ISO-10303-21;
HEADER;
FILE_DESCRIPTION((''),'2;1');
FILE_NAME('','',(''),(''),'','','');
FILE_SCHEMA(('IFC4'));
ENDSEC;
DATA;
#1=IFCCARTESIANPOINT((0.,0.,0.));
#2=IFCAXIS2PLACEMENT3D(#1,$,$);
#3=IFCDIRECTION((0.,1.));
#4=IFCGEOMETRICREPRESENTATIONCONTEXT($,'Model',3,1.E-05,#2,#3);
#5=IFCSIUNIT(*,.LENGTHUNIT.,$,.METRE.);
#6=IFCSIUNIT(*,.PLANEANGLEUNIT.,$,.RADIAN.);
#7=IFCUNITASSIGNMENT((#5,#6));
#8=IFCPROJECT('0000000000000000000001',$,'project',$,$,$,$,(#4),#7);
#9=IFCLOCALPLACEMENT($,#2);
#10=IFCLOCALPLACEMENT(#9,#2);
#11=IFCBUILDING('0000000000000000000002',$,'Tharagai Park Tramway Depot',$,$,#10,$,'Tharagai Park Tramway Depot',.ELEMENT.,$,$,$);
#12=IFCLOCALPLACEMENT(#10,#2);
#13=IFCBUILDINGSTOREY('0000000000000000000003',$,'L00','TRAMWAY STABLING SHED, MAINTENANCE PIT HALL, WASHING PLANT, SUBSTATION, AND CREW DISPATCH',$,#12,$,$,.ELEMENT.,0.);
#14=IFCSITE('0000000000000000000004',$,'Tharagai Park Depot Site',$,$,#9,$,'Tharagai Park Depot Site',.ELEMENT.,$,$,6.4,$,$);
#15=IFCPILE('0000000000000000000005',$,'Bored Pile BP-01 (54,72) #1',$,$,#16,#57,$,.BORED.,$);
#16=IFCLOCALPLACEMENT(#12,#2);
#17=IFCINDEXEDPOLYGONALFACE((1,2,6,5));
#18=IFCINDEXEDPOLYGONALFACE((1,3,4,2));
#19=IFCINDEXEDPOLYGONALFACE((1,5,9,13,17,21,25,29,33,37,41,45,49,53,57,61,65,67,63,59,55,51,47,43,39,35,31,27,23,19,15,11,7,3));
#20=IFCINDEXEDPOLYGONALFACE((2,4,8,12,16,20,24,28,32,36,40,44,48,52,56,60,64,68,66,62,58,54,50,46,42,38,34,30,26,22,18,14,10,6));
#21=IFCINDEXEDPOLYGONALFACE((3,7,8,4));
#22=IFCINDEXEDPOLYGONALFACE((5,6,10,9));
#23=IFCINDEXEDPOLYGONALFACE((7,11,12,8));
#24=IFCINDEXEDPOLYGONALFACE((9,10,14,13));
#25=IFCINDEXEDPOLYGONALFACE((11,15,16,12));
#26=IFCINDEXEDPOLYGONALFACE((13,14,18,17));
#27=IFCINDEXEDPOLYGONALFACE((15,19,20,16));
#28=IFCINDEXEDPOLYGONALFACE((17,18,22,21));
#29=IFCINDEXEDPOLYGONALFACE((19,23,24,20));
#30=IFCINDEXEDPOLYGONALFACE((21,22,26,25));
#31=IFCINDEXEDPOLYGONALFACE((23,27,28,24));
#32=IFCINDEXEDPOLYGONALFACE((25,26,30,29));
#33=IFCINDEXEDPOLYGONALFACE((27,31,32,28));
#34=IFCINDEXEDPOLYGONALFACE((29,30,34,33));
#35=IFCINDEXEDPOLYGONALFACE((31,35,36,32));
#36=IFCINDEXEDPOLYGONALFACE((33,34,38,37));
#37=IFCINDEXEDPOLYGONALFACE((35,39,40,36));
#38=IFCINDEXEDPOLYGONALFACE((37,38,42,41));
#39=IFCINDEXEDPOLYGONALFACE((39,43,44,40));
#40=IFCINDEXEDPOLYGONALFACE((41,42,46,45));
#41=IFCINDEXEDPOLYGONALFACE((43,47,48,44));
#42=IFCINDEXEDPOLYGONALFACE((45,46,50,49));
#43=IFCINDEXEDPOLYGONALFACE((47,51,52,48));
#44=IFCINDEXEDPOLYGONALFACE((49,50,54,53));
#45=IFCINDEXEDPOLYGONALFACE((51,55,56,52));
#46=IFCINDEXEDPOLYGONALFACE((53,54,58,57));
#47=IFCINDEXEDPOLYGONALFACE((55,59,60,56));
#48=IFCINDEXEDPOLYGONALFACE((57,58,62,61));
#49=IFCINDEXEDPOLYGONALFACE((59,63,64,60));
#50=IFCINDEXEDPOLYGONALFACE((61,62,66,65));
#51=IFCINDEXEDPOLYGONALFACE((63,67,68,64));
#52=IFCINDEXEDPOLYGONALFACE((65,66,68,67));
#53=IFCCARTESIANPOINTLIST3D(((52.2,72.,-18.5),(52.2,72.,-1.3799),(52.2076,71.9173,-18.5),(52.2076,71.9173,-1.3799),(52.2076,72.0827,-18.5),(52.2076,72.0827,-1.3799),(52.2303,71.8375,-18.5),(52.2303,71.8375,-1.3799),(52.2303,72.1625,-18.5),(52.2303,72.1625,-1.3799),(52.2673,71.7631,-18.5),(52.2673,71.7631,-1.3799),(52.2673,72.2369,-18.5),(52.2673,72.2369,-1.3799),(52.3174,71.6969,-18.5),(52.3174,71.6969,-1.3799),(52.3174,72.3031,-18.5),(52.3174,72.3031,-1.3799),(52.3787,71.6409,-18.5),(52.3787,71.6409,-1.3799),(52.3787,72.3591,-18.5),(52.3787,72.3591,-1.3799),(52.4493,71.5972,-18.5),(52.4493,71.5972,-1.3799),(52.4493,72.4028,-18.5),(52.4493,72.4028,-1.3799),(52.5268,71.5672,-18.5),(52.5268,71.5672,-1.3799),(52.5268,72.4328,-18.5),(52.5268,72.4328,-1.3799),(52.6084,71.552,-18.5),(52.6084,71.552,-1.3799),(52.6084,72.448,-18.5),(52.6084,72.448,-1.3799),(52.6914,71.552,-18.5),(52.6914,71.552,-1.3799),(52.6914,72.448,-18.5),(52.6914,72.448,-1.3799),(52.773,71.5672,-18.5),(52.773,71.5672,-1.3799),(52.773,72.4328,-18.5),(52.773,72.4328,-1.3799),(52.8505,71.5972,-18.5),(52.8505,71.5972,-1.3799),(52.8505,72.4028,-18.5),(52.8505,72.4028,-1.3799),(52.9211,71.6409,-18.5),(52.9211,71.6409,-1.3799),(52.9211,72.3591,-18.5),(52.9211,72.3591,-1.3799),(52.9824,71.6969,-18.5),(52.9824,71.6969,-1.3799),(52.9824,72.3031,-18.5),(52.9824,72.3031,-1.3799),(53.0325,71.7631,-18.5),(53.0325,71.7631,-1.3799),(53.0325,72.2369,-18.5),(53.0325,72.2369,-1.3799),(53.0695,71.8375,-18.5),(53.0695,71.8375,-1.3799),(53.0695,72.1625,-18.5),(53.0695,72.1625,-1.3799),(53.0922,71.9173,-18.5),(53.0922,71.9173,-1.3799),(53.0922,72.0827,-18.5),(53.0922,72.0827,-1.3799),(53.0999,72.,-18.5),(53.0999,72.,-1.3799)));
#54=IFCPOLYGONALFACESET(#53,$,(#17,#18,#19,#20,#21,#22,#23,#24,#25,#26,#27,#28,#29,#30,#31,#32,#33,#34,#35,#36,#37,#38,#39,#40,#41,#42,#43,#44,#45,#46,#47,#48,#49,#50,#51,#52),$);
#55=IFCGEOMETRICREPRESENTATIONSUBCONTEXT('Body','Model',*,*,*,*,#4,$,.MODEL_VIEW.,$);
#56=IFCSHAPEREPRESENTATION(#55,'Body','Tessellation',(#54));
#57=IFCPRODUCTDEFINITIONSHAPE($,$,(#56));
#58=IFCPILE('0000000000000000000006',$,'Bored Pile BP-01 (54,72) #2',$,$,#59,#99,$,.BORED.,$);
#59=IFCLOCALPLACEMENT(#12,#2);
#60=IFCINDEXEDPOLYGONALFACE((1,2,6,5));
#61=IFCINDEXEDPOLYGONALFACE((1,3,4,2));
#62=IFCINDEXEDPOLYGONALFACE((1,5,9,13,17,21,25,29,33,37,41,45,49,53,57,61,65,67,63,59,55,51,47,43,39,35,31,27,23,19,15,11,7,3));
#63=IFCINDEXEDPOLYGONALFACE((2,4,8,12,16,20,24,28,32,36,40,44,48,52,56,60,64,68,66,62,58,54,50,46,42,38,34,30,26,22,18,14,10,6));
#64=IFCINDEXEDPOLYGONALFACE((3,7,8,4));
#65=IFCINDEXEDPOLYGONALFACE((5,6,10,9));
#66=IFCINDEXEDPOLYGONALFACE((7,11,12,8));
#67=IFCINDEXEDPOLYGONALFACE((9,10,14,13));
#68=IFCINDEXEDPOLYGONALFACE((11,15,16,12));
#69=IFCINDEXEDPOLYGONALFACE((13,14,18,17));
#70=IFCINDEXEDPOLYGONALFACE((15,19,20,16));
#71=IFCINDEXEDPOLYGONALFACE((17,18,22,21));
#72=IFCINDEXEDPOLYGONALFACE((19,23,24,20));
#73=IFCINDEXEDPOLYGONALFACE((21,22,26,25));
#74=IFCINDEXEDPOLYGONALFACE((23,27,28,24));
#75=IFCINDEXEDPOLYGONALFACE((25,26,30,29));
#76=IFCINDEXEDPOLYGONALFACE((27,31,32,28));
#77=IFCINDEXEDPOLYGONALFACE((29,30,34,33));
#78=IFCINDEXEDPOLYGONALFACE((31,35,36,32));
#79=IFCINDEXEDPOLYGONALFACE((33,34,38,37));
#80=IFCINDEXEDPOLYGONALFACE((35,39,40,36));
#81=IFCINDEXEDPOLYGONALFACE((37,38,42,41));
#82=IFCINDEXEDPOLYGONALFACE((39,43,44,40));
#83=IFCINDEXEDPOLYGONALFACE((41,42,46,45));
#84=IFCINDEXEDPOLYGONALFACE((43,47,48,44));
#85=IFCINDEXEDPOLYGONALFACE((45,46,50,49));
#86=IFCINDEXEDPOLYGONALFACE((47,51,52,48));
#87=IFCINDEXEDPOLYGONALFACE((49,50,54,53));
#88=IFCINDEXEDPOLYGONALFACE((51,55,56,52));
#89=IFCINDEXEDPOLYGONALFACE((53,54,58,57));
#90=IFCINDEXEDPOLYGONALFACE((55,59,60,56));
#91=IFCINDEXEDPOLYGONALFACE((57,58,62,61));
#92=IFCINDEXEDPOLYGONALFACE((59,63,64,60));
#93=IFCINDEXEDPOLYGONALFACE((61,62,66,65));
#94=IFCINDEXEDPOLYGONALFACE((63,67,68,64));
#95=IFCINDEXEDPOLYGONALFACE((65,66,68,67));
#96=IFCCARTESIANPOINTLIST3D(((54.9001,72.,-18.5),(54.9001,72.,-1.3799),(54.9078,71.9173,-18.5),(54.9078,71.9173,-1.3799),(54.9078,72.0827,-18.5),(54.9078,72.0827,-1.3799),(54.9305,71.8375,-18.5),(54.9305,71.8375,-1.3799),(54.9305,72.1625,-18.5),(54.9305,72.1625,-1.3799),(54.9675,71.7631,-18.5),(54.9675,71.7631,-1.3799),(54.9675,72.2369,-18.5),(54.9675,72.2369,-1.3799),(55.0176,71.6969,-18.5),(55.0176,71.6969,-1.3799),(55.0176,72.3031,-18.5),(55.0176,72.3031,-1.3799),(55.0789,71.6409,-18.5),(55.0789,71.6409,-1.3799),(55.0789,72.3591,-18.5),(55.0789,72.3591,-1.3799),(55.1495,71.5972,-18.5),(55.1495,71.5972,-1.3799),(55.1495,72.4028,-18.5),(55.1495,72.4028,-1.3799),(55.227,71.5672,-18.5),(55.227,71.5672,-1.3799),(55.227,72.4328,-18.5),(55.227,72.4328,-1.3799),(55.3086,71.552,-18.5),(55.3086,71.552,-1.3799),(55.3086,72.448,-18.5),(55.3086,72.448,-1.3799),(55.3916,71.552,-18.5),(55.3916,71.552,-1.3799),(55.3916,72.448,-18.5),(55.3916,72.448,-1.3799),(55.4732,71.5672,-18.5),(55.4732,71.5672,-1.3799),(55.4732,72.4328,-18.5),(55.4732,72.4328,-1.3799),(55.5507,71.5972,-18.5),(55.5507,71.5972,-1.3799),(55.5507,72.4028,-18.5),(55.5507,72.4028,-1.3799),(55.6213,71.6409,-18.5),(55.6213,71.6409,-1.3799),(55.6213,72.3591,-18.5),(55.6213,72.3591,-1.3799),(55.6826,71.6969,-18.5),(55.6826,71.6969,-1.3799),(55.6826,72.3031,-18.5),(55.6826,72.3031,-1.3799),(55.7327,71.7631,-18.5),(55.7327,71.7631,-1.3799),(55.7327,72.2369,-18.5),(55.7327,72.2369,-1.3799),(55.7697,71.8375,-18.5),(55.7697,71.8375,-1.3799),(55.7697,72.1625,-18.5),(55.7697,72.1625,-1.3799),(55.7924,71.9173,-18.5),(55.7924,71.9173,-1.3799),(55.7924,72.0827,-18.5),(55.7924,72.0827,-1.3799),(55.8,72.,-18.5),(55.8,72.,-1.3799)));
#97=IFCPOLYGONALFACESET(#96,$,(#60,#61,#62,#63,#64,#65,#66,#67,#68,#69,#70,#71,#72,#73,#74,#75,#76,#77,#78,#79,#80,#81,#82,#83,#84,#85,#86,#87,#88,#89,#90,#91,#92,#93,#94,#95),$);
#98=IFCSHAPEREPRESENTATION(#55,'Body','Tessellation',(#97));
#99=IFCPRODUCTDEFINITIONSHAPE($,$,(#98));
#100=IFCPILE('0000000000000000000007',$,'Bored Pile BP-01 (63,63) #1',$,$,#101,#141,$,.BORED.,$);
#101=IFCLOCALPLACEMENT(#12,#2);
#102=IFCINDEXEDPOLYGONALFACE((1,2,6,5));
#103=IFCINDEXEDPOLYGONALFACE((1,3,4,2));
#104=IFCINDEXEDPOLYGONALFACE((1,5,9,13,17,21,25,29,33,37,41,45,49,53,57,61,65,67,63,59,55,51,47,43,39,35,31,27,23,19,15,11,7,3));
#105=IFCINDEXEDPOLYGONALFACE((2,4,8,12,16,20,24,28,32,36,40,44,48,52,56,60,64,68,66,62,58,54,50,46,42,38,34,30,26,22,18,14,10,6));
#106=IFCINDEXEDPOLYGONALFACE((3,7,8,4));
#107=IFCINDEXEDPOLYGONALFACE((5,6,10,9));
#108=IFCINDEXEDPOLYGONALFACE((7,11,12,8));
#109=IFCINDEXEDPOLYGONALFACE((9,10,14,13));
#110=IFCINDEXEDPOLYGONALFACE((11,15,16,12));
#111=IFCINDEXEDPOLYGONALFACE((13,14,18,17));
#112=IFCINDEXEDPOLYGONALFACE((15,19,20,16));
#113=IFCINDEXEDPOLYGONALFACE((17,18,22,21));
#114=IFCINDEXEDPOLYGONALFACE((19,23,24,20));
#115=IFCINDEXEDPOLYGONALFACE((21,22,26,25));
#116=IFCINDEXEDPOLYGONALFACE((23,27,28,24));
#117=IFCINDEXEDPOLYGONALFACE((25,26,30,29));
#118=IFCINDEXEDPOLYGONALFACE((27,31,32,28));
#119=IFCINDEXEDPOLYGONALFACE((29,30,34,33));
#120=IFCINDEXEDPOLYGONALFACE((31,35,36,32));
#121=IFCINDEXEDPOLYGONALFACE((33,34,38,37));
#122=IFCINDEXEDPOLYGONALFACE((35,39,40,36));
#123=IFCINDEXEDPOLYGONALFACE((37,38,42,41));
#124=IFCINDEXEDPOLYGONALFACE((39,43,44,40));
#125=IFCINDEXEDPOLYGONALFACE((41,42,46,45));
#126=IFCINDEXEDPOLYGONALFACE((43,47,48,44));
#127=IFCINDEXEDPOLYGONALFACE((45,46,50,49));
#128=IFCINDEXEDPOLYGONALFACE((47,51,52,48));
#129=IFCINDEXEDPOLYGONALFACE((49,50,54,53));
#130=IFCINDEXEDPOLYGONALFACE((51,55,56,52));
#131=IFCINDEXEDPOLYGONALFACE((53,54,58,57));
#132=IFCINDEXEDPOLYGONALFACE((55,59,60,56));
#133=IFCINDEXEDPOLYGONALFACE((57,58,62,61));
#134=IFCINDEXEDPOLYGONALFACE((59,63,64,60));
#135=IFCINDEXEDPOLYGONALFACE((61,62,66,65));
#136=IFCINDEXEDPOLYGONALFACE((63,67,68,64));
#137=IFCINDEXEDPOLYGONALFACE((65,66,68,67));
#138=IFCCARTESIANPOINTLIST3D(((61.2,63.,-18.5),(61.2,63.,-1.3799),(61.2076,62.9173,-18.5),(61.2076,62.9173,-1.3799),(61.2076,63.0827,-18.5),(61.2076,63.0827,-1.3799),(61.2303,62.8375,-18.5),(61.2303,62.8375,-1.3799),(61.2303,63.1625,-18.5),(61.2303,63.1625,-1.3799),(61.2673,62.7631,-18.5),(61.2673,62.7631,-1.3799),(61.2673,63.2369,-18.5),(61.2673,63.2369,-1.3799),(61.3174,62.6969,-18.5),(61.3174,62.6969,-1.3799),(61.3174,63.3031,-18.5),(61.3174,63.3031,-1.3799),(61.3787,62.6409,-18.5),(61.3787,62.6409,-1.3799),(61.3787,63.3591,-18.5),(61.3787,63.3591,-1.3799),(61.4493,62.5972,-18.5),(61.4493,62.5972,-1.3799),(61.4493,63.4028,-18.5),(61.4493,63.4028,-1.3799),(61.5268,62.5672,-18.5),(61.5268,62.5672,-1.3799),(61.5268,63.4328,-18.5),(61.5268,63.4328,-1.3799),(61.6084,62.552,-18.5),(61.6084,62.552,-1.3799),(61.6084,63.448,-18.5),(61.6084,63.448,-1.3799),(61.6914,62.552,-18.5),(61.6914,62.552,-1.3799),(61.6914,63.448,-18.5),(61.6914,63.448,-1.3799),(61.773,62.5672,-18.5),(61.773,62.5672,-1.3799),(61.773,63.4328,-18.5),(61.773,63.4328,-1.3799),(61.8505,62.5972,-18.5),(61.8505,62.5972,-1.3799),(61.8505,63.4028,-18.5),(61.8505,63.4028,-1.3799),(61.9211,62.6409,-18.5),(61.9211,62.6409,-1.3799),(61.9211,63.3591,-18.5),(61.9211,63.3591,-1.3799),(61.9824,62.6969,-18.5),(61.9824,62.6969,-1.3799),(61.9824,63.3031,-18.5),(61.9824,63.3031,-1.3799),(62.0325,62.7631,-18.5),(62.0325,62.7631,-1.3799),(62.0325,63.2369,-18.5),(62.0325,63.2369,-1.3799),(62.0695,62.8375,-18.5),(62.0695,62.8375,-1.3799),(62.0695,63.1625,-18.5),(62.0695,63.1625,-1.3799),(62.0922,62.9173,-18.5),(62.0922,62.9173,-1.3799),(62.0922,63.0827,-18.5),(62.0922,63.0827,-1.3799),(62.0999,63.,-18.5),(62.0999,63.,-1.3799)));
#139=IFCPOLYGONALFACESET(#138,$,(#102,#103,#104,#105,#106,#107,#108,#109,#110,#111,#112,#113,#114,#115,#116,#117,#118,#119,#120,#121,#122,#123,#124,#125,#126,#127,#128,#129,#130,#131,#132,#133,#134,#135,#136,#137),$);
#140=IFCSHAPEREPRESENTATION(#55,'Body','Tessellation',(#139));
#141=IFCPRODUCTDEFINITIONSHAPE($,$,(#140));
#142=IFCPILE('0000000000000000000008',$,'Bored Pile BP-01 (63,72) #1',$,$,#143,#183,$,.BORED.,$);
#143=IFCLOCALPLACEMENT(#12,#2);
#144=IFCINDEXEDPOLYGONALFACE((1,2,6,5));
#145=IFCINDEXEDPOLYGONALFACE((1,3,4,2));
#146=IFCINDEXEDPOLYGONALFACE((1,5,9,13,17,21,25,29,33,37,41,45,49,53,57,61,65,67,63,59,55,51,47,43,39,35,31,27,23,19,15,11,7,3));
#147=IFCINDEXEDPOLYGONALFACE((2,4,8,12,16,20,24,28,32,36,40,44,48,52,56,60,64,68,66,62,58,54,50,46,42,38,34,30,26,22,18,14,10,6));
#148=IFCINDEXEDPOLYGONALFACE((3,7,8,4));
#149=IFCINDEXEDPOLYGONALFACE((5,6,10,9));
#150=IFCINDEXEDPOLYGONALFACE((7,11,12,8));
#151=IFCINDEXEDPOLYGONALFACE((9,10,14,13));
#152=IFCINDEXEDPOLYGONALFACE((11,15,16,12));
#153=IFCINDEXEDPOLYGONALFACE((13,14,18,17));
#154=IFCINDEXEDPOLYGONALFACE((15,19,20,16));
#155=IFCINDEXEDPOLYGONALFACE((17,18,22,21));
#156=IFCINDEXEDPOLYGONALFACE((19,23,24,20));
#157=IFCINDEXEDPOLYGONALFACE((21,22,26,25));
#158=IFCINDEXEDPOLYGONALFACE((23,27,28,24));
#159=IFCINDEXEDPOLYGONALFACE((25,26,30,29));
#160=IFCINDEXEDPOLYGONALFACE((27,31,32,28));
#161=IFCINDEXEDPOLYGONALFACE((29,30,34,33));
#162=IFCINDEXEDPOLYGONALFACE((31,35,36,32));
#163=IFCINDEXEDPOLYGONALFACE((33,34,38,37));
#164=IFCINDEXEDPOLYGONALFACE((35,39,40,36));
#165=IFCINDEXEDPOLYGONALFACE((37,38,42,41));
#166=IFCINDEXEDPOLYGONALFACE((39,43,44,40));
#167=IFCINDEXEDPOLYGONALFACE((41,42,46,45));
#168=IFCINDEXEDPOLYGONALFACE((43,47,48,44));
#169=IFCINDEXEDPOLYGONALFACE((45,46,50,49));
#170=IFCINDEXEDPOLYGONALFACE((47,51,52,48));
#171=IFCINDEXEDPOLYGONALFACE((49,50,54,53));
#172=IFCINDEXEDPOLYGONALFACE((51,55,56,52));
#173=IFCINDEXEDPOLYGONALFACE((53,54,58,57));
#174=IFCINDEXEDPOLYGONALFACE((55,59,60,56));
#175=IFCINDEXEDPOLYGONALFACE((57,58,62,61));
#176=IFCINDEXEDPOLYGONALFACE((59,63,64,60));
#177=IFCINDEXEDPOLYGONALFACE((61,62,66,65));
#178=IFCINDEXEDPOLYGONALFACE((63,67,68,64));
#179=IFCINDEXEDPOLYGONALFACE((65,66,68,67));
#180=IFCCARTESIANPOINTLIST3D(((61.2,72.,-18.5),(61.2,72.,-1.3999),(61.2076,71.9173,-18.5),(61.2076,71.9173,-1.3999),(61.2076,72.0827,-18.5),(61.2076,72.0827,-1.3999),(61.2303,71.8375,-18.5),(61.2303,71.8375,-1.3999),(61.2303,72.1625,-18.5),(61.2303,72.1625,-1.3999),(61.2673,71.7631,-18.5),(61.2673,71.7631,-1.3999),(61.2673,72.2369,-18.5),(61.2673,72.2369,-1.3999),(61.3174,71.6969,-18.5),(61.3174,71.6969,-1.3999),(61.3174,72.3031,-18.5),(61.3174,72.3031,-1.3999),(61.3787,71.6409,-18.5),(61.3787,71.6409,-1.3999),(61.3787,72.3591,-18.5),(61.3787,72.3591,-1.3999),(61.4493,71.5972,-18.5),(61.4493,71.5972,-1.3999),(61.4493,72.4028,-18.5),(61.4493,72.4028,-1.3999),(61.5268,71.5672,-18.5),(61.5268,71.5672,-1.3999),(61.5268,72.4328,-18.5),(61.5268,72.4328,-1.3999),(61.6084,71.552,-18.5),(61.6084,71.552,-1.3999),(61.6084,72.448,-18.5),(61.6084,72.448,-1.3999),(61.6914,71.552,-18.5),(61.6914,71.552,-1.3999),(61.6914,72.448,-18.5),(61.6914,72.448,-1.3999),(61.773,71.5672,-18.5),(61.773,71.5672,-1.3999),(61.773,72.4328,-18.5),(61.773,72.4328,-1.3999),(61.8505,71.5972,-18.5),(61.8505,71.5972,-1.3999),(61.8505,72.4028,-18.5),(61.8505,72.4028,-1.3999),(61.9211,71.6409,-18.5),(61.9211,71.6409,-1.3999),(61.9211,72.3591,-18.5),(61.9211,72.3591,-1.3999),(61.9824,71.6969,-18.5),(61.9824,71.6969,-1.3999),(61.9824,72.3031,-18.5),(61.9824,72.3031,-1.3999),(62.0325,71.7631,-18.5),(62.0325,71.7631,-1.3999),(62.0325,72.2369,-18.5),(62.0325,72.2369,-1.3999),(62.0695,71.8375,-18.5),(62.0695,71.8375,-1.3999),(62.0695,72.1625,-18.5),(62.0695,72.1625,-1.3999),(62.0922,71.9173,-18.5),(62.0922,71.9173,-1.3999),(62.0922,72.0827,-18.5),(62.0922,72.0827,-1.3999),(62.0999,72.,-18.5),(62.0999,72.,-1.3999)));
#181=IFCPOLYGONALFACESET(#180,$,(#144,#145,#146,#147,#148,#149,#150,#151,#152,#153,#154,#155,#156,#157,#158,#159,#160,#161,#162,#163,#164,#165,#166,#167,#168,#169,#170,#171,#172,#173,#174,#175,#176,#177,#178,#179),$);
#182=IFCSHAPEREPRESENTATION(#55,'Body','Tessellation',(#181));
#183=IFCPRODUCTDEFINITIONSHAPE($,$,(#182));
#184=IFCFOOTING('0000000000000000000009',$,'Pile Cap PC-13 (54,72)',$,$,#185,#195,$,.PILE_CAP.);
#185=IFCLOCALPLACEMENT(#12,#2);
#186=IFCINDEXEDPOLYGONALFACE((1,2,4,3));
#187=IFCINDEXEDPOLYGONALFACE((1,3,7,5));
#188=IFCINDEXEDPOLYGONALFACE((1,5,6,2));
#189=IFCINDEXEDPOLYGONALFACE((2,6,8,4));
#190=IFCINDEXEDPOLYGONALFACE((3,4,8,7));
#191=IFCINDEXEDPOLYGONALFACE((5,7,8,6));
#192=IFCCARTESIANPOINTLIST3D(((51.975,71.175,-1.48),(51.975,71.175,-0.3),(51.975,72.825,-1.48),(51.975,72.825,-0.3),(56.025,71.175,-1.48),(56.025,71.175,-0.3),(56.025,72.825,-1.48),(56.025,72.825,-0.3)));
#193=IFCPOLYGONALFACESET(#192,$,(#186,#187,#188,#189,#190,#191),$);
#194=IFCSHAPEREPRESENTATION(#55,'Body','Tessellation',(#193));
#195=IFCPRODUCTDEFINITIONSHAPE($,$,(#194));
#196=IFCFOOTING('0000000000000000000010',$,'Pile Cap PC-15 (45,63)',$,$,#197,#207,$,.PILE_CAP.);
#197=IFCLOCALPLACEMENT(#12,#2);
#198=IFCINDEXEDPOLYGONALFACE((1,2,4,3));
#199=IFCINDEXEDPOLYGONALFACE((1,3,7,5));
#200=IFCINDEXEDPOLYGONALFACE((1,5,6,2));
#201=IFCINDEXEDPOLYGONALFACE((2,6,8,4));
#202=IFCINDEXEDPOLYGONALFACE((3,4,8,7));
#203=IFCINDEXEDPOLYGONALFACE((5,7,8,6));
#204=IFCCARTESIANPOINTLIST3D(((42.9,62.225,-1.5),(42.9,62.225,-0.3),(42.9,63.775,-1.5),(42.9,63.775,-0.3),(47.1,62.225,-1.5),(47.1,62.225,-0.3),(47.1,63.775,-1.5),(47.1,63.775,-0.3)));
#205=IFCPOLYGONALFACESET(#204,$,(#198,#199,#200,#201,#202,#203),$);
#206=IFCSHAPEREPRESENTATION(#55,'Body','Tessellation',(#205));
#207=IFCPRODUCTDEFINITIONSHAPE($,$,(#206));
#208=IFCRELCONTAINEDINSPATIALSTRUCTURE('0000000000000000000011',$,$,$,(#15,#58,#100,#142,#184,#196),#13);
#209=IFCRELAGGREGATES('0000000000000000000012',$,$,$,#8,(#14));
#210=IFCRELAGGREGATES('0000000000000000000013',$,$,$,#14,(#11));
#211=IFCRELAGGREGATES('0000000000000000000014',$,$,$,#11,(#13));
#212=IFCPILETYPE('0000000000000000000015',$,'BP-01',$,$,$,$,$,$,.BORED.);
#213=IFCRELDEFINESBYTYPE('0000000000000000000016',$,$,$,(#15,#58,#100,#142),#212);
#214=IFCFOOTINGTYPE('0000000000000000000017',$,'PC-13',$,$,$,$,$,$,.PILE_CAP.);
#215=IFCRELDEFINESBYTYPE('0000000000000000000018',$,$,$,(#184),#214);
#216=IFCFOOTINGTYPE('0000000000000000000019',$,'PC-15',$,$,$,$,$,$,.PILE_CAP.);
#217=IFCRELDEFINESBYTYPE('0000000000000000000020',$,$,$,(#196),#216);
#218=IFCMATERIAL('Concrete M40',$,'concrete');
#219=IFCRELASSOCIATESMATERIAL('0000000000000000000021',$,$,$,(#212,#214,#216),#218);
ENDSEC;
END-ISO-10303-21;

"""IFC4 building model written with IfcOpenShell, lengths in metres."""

from ifc_helpers import new_model, si_unit, direction, frame, origin, origin_2d, place, context, subcontext, project, spatial, rectangle, circle, extrude, material, material_profile, profile_set, type_object, element, save


model = new_model("IFC4")

# Units and contexts
model_context = context("Model", 3, precision=1e-05, world=origin(), true_north=direction((0.0, 1.0)))
body_context = subcontext(model_context, "Body", "Model", "MODEL_VIEW")
ifc_project = project(units=[si_unit("LENGTHUNIT", "METRE"), si_unit("PLANEANGLEUNIT", "RADIAN")], contexts=[model_context])

# Site, building, storey
site_placement = place(None, origin())
site = spatial("IfcSite", under=ifc_project, at=site_placement, Name="Tharagai Park Depot Site", LongName="Tharagai Park Depot Site", CompositionType="ELEMENT", RefElevation=6.4)
building_placement = place(site_placement, origin())
building = spatial("IfcBuilding", under=site, at=building_placement, Name="Tharagai Park Tramway Depot", LongName="Tharagai Park Tramway Depot", CompositionType="ELEMENT")
storey_placement = place(building_placement, origin())
storey = spatial("IfcBuildingStorey", under=building, at=storey_placement, Name="L00", Description="TRAMWAY STABLING SHED, MAINTENANCE PIT HALL, WASHING PLANT, SUBSTATION, AND CREW DISPATCH", CompositionType="ELEMENT", Elevation=0.0)

# Piles
ifc_material_1 = material(Name="Concrete M40", Category="concrete")
ifc_material_profile_1 = material_profile(ifc_material_1, circle(Radius=0.45, at=origin_2d()), Name="PILE D900")
ifc_profile_set_1 = profile_set([ifc_material_profile_1], Name="Concrete M40")
pile_type = type_object("IfcPileType", Name="BP-01", PredefinedType="BORED", material=ifc_profile_set_1)
for number, where, z_axis, x_axis, name in (
    (1, (52.6499, 72.0, -1.3799), (0.0, 0.0, -1.0), (1.0, 0.0, 0.0), "Bored Pile BP-01 (54,72) #1"),
    (2, (55.3501, 72.0, -1.3799), (0.0, 0.0, -1.0), (1.0, 0.0, 0.0), "Bored Pile BP-01 (54,72) #2"),
    (3, (61.6499, 63.0, -1.3799), (0.0, 0.0, -1.0), (1.0, 0.0, 0.0), "Bored Pile BP-01 (63,63) #1"),
):
    element("IfcPile", number, at=place(storey_placement, frame(where, z_axis=z_axis, x_axis=x_axis)), inside=storey, type_object=pile_type, Name=name, PredefinedType="BORED", context=body_context, shape_type="SweptSolid", body=[
        extrude(circle(Radius=0.45, at=origin_2d()), origin(), (0.0, 0.0, 1.0), 17.1201),
    ])
pile_placement = place(storey_placement, frame((61.6499, 72.0, -1.3999), z_axis=(0.0, 0.0, -1.0), x_axis=(1.0, 0.0, 0.0)))
element("IfcPile", 4, at=pile_placement, inside=storey, type_object=pile_type, Name="Bored Pile BP-01 (63,72) #1", PredefinedType="BORED", context=body_context, shape_type="SweptSolid", body=[
    extrude(circle(Radius=0.45, at=origin_2d()), origin(), (0.0, 0.0, 1.0), 17.1001),
])

# Footings
footing_type_1 = type_object("IfcFootingType", Name="PC-13", PredefinedType="PILE_CAP", material=ifc_material_1)
footing_placement = place(storey_placement, frame((54.0, 72.0, -1.48), z_axis=(0.0, 0.0, 1.0), x_axis=(1.0, 0.0, 0.0)))
element("IfcFooting", 5, at=footing_placement, inside=storey, type_object=footing_type_1, Name="Pile Cap PC-13 (54,72)", PredefinedType="PILE_CAP", context=body_context, shape_type="SweptSolid", body=[
    extrude(rectangle(XDim=4.05, YDim=1.6499, at=origin_2d()), origin(), (0.0, 0.0, 1.0), 1.1799),
])
footing_type_2 = type_object("IfcFootingType", Name="PC-15", PredefinedType="PILE_CAP", material=ifc_material_1)
for number, where, z_axis, x_axis, name in (
    (6, (45.0, 63.0, -1.5), (0.0, 0.0, 1.0), (1.0, 0.0, 0.0), "Pile Cap PC-15 (45,63)"),
):
    element("IfcFooting", number, at=place(storey_placement, frame(where, z_axis=z_axis, x_axis=x_axis)), inside=storey, type_object=footing_type_2, Name=name, PredefinedType="PILE_CAP", context=body_context, shape_type="SweptSolid", body=[
        extrude(rectangle(XDim=4.2, YDim=1.55, at=origin_2d()), origin(), (0.0, 0.0, 1.0), 1.2),
    ])

save(model, "model.ifc")
